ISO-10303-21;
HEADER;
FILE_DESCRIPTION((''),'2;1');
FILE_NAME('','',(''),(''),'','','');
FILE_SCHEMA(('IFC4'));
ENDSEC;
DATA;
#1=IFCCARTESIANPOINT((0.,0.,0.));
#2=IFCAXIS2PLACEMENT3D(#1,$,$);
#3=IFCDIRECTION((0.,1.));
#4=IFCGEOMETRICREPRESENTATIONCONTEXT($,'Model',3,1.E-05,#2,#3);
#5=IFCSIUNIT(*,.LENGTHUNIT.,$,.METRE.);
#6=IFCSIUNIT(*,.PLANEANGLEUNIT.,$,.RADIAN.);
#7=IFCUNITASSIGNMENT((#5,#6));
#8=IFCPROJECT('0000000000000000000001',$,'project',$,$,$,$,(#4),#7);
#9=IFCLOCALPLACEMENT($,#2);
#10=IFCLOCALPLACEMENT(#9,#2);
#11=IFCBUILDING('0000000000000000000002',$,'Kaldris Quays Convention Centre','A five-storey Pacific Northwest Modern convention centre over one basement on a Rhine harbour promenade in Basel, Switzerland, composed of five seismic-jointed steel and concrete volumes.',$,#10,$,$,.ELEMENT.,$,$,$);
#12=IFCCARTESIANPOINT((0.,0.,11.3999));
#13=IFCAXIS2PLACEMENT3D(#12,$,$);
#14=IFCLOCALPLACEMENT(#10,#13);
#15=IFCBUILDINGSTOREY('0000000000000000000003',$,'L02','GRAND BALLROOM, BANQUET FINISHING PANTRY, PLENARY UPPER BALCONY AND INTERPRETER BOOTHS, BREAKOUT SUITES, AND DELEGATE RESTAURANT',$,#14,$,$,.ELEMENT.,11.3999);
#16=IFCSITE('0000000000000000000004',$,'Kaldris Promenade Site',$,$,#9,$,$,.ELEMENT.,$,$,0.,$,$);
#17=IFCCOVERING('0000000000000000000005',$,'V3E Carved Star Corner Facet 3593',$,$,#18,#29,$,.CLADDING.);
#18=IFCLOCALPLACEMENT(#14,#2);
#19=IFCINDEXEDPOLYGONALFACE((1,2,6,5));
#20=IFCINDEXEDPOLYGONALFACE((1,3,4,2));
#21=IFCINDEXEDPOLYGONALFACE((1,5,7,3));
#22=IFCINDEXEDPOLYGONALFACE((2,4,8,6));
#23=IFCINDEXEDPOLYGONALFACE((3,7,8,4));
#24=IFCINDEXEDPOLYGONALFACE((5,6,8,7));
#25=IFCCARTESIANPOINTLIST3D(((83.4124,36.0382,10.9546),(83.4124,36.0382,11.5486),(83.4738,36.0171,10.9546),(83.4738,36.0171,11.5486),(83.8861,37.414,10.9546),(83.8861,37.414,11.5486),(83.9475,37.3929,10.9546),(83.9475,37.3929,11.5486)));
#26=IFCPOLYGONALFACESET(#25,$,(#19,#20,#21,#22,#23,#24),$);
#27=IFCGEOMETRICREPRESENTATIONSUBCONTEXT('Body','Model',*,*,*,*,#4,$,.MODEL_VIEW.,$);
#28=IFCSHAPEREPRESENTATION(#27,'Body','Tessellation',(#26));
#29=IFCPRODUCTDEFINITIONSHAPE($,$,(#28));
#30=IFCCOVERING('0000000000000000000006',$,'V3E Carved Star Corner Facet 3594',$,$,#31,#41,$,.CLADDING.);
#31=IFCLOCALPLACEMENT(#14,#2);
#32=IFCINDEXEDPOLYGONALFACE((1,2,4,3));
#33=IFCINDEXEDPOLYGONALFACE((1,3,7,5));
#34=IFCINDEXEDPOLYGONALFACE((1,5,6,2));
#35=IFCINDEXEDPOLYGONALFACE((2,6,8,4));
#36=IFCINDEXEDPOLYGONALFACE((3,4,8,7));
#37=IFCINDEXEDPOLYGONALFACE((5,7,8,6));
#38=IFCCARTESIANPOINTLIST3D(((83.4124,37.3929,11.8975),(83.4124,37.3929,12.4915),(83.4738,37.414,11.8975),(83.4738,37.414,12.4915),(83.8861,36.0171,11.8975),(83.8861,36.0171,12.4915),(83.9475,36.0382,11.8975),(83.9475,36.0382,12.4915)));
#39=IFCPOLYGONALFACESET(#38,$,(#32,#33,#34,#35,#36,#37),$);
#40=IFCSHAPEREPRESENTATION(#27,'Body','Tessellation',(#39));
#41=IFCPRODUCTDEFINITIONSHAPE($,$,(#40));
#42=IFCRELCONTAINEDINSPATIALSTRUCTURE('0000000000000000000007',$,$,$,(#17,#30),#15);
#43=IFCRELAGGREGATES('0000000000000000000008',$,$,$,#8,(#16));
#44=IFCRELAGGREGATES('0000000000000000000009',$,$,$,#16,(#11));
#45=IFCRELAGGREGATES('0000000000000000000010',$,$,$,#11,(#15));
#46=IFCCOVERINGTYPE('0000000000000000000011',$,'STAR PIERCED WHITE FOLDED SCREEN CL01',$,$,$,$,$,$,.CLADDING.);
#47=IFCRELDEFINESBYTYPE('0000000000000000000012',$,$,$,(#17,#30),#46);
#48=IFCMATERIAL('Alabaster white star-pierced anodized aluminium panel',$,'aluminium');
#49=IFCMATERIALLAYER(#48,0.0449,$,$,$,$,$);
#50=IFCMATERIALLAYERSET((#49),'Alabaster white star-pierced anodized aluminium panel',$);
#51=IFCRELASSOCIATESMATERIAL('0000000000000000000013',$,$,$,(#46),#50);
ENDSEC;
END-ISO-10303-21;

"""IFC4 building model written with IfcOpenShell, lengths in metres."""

from ifc_helpers import new_model, si_unit, direction, frame, origin, origin_2d, place, context, subcontext, project, spatial, rectangle, extrude, material, layer, layer_set, type_object, element, save


model = new_model("IFC4")

# Units and contexts
model_context = context("Model", 3, precision=1e-05, world=origin(), true_north=direction((0.0, 1.0)))
body_context = subcontext(model_context, "Body", "Model", "MODEL_VIEW")
ifc_project = project(units=[si_unit("LENGTHUNIT", "METRE"), si_unit("PLANEANGLEUNIT", "RADIAN")], contexts=[model_context])

# Site, building, storey
site_placement = place(None, origin())
site = spatial("IfcSite", under=ifc_project, at=site_placement, Name="Kaldris Promenade Site", CompositionType="ELEMENT", RefElevation=0.0)
building_placement = place(site_placement, origin())
building = spatial("IfcBuilding", under=site, at=building_placement, Name="Kaldris Quays Convention Centre", Description="A five-storey Pacific Northwest Modern convention centre over one basement on a Rhine harbour promenade in Basel, Switzerland, composed of five seismic-jointed steel and concrete volumes.", CompositionType="ELEMENT")
storey_placement = place(building_placement, frame((0.0, 0.0, 11.3999)))
storey = spatial("IfcBuildingStorey", under=building, at=storey_placement, Name="L02", Description="GRAND BALLROOM, BANQUET FINISHING PANTRY, PLENARY UPPER BALCONY AND INTERPRETER BOOTHS, BREAKOUT SUITES, AND DELEGATE RESTAURANT", CompositionType="ELEMENT", Elevation=11.3999)

# Coverings
ifc_material_1 = material(Name="Alabaster white star-pierced anodized aluminium panel", Category="aluminium")
ifc_layer = layer(ifc_material_1, 0.0449)
ifc_layer_set = layer_set([ifc_layer], Name="Alabaster white star-pierced anodized aluminium panel")
covering_type = type_object("IfcCoveringType", Name="STAR PIERCED WHITE FOLDED SCREEN CL01", PredefinedType="CLADDING", material=ifc_layer_set)
for number, where, z_axis, x_axis, name in (
    (1, (83.6799, 36.7156, 10.9546), (0.0, 0.0, 1.0), (0.325568, 0.945519, 0.0), "V3E Carved Star Corner Facet 3593"),
    (2, (83.6799, 36.7156, 11.8975), (0.0, 0.0, 1.0), (-0.325568, 0.945519, 0.0), "V3E Carved Star Corner Facet 3594"),
):
    element("IfcCovering", number, at=place(storey_placement, frame(where, z_axis=z_axis, x_axis=x_axis)), inside=storey, type_object=covering_type, Name=name, PredefinedType="CLADDING", context=body_context, shape_type="SweptSolid", body=[
        extrude(rectangle(XDim=1.4551, YDim=0.0649, at=origin_2d()), origin(), (0.0, 0.0, 1.0), 0.594),
    ])

save(model, "model.ifc")
